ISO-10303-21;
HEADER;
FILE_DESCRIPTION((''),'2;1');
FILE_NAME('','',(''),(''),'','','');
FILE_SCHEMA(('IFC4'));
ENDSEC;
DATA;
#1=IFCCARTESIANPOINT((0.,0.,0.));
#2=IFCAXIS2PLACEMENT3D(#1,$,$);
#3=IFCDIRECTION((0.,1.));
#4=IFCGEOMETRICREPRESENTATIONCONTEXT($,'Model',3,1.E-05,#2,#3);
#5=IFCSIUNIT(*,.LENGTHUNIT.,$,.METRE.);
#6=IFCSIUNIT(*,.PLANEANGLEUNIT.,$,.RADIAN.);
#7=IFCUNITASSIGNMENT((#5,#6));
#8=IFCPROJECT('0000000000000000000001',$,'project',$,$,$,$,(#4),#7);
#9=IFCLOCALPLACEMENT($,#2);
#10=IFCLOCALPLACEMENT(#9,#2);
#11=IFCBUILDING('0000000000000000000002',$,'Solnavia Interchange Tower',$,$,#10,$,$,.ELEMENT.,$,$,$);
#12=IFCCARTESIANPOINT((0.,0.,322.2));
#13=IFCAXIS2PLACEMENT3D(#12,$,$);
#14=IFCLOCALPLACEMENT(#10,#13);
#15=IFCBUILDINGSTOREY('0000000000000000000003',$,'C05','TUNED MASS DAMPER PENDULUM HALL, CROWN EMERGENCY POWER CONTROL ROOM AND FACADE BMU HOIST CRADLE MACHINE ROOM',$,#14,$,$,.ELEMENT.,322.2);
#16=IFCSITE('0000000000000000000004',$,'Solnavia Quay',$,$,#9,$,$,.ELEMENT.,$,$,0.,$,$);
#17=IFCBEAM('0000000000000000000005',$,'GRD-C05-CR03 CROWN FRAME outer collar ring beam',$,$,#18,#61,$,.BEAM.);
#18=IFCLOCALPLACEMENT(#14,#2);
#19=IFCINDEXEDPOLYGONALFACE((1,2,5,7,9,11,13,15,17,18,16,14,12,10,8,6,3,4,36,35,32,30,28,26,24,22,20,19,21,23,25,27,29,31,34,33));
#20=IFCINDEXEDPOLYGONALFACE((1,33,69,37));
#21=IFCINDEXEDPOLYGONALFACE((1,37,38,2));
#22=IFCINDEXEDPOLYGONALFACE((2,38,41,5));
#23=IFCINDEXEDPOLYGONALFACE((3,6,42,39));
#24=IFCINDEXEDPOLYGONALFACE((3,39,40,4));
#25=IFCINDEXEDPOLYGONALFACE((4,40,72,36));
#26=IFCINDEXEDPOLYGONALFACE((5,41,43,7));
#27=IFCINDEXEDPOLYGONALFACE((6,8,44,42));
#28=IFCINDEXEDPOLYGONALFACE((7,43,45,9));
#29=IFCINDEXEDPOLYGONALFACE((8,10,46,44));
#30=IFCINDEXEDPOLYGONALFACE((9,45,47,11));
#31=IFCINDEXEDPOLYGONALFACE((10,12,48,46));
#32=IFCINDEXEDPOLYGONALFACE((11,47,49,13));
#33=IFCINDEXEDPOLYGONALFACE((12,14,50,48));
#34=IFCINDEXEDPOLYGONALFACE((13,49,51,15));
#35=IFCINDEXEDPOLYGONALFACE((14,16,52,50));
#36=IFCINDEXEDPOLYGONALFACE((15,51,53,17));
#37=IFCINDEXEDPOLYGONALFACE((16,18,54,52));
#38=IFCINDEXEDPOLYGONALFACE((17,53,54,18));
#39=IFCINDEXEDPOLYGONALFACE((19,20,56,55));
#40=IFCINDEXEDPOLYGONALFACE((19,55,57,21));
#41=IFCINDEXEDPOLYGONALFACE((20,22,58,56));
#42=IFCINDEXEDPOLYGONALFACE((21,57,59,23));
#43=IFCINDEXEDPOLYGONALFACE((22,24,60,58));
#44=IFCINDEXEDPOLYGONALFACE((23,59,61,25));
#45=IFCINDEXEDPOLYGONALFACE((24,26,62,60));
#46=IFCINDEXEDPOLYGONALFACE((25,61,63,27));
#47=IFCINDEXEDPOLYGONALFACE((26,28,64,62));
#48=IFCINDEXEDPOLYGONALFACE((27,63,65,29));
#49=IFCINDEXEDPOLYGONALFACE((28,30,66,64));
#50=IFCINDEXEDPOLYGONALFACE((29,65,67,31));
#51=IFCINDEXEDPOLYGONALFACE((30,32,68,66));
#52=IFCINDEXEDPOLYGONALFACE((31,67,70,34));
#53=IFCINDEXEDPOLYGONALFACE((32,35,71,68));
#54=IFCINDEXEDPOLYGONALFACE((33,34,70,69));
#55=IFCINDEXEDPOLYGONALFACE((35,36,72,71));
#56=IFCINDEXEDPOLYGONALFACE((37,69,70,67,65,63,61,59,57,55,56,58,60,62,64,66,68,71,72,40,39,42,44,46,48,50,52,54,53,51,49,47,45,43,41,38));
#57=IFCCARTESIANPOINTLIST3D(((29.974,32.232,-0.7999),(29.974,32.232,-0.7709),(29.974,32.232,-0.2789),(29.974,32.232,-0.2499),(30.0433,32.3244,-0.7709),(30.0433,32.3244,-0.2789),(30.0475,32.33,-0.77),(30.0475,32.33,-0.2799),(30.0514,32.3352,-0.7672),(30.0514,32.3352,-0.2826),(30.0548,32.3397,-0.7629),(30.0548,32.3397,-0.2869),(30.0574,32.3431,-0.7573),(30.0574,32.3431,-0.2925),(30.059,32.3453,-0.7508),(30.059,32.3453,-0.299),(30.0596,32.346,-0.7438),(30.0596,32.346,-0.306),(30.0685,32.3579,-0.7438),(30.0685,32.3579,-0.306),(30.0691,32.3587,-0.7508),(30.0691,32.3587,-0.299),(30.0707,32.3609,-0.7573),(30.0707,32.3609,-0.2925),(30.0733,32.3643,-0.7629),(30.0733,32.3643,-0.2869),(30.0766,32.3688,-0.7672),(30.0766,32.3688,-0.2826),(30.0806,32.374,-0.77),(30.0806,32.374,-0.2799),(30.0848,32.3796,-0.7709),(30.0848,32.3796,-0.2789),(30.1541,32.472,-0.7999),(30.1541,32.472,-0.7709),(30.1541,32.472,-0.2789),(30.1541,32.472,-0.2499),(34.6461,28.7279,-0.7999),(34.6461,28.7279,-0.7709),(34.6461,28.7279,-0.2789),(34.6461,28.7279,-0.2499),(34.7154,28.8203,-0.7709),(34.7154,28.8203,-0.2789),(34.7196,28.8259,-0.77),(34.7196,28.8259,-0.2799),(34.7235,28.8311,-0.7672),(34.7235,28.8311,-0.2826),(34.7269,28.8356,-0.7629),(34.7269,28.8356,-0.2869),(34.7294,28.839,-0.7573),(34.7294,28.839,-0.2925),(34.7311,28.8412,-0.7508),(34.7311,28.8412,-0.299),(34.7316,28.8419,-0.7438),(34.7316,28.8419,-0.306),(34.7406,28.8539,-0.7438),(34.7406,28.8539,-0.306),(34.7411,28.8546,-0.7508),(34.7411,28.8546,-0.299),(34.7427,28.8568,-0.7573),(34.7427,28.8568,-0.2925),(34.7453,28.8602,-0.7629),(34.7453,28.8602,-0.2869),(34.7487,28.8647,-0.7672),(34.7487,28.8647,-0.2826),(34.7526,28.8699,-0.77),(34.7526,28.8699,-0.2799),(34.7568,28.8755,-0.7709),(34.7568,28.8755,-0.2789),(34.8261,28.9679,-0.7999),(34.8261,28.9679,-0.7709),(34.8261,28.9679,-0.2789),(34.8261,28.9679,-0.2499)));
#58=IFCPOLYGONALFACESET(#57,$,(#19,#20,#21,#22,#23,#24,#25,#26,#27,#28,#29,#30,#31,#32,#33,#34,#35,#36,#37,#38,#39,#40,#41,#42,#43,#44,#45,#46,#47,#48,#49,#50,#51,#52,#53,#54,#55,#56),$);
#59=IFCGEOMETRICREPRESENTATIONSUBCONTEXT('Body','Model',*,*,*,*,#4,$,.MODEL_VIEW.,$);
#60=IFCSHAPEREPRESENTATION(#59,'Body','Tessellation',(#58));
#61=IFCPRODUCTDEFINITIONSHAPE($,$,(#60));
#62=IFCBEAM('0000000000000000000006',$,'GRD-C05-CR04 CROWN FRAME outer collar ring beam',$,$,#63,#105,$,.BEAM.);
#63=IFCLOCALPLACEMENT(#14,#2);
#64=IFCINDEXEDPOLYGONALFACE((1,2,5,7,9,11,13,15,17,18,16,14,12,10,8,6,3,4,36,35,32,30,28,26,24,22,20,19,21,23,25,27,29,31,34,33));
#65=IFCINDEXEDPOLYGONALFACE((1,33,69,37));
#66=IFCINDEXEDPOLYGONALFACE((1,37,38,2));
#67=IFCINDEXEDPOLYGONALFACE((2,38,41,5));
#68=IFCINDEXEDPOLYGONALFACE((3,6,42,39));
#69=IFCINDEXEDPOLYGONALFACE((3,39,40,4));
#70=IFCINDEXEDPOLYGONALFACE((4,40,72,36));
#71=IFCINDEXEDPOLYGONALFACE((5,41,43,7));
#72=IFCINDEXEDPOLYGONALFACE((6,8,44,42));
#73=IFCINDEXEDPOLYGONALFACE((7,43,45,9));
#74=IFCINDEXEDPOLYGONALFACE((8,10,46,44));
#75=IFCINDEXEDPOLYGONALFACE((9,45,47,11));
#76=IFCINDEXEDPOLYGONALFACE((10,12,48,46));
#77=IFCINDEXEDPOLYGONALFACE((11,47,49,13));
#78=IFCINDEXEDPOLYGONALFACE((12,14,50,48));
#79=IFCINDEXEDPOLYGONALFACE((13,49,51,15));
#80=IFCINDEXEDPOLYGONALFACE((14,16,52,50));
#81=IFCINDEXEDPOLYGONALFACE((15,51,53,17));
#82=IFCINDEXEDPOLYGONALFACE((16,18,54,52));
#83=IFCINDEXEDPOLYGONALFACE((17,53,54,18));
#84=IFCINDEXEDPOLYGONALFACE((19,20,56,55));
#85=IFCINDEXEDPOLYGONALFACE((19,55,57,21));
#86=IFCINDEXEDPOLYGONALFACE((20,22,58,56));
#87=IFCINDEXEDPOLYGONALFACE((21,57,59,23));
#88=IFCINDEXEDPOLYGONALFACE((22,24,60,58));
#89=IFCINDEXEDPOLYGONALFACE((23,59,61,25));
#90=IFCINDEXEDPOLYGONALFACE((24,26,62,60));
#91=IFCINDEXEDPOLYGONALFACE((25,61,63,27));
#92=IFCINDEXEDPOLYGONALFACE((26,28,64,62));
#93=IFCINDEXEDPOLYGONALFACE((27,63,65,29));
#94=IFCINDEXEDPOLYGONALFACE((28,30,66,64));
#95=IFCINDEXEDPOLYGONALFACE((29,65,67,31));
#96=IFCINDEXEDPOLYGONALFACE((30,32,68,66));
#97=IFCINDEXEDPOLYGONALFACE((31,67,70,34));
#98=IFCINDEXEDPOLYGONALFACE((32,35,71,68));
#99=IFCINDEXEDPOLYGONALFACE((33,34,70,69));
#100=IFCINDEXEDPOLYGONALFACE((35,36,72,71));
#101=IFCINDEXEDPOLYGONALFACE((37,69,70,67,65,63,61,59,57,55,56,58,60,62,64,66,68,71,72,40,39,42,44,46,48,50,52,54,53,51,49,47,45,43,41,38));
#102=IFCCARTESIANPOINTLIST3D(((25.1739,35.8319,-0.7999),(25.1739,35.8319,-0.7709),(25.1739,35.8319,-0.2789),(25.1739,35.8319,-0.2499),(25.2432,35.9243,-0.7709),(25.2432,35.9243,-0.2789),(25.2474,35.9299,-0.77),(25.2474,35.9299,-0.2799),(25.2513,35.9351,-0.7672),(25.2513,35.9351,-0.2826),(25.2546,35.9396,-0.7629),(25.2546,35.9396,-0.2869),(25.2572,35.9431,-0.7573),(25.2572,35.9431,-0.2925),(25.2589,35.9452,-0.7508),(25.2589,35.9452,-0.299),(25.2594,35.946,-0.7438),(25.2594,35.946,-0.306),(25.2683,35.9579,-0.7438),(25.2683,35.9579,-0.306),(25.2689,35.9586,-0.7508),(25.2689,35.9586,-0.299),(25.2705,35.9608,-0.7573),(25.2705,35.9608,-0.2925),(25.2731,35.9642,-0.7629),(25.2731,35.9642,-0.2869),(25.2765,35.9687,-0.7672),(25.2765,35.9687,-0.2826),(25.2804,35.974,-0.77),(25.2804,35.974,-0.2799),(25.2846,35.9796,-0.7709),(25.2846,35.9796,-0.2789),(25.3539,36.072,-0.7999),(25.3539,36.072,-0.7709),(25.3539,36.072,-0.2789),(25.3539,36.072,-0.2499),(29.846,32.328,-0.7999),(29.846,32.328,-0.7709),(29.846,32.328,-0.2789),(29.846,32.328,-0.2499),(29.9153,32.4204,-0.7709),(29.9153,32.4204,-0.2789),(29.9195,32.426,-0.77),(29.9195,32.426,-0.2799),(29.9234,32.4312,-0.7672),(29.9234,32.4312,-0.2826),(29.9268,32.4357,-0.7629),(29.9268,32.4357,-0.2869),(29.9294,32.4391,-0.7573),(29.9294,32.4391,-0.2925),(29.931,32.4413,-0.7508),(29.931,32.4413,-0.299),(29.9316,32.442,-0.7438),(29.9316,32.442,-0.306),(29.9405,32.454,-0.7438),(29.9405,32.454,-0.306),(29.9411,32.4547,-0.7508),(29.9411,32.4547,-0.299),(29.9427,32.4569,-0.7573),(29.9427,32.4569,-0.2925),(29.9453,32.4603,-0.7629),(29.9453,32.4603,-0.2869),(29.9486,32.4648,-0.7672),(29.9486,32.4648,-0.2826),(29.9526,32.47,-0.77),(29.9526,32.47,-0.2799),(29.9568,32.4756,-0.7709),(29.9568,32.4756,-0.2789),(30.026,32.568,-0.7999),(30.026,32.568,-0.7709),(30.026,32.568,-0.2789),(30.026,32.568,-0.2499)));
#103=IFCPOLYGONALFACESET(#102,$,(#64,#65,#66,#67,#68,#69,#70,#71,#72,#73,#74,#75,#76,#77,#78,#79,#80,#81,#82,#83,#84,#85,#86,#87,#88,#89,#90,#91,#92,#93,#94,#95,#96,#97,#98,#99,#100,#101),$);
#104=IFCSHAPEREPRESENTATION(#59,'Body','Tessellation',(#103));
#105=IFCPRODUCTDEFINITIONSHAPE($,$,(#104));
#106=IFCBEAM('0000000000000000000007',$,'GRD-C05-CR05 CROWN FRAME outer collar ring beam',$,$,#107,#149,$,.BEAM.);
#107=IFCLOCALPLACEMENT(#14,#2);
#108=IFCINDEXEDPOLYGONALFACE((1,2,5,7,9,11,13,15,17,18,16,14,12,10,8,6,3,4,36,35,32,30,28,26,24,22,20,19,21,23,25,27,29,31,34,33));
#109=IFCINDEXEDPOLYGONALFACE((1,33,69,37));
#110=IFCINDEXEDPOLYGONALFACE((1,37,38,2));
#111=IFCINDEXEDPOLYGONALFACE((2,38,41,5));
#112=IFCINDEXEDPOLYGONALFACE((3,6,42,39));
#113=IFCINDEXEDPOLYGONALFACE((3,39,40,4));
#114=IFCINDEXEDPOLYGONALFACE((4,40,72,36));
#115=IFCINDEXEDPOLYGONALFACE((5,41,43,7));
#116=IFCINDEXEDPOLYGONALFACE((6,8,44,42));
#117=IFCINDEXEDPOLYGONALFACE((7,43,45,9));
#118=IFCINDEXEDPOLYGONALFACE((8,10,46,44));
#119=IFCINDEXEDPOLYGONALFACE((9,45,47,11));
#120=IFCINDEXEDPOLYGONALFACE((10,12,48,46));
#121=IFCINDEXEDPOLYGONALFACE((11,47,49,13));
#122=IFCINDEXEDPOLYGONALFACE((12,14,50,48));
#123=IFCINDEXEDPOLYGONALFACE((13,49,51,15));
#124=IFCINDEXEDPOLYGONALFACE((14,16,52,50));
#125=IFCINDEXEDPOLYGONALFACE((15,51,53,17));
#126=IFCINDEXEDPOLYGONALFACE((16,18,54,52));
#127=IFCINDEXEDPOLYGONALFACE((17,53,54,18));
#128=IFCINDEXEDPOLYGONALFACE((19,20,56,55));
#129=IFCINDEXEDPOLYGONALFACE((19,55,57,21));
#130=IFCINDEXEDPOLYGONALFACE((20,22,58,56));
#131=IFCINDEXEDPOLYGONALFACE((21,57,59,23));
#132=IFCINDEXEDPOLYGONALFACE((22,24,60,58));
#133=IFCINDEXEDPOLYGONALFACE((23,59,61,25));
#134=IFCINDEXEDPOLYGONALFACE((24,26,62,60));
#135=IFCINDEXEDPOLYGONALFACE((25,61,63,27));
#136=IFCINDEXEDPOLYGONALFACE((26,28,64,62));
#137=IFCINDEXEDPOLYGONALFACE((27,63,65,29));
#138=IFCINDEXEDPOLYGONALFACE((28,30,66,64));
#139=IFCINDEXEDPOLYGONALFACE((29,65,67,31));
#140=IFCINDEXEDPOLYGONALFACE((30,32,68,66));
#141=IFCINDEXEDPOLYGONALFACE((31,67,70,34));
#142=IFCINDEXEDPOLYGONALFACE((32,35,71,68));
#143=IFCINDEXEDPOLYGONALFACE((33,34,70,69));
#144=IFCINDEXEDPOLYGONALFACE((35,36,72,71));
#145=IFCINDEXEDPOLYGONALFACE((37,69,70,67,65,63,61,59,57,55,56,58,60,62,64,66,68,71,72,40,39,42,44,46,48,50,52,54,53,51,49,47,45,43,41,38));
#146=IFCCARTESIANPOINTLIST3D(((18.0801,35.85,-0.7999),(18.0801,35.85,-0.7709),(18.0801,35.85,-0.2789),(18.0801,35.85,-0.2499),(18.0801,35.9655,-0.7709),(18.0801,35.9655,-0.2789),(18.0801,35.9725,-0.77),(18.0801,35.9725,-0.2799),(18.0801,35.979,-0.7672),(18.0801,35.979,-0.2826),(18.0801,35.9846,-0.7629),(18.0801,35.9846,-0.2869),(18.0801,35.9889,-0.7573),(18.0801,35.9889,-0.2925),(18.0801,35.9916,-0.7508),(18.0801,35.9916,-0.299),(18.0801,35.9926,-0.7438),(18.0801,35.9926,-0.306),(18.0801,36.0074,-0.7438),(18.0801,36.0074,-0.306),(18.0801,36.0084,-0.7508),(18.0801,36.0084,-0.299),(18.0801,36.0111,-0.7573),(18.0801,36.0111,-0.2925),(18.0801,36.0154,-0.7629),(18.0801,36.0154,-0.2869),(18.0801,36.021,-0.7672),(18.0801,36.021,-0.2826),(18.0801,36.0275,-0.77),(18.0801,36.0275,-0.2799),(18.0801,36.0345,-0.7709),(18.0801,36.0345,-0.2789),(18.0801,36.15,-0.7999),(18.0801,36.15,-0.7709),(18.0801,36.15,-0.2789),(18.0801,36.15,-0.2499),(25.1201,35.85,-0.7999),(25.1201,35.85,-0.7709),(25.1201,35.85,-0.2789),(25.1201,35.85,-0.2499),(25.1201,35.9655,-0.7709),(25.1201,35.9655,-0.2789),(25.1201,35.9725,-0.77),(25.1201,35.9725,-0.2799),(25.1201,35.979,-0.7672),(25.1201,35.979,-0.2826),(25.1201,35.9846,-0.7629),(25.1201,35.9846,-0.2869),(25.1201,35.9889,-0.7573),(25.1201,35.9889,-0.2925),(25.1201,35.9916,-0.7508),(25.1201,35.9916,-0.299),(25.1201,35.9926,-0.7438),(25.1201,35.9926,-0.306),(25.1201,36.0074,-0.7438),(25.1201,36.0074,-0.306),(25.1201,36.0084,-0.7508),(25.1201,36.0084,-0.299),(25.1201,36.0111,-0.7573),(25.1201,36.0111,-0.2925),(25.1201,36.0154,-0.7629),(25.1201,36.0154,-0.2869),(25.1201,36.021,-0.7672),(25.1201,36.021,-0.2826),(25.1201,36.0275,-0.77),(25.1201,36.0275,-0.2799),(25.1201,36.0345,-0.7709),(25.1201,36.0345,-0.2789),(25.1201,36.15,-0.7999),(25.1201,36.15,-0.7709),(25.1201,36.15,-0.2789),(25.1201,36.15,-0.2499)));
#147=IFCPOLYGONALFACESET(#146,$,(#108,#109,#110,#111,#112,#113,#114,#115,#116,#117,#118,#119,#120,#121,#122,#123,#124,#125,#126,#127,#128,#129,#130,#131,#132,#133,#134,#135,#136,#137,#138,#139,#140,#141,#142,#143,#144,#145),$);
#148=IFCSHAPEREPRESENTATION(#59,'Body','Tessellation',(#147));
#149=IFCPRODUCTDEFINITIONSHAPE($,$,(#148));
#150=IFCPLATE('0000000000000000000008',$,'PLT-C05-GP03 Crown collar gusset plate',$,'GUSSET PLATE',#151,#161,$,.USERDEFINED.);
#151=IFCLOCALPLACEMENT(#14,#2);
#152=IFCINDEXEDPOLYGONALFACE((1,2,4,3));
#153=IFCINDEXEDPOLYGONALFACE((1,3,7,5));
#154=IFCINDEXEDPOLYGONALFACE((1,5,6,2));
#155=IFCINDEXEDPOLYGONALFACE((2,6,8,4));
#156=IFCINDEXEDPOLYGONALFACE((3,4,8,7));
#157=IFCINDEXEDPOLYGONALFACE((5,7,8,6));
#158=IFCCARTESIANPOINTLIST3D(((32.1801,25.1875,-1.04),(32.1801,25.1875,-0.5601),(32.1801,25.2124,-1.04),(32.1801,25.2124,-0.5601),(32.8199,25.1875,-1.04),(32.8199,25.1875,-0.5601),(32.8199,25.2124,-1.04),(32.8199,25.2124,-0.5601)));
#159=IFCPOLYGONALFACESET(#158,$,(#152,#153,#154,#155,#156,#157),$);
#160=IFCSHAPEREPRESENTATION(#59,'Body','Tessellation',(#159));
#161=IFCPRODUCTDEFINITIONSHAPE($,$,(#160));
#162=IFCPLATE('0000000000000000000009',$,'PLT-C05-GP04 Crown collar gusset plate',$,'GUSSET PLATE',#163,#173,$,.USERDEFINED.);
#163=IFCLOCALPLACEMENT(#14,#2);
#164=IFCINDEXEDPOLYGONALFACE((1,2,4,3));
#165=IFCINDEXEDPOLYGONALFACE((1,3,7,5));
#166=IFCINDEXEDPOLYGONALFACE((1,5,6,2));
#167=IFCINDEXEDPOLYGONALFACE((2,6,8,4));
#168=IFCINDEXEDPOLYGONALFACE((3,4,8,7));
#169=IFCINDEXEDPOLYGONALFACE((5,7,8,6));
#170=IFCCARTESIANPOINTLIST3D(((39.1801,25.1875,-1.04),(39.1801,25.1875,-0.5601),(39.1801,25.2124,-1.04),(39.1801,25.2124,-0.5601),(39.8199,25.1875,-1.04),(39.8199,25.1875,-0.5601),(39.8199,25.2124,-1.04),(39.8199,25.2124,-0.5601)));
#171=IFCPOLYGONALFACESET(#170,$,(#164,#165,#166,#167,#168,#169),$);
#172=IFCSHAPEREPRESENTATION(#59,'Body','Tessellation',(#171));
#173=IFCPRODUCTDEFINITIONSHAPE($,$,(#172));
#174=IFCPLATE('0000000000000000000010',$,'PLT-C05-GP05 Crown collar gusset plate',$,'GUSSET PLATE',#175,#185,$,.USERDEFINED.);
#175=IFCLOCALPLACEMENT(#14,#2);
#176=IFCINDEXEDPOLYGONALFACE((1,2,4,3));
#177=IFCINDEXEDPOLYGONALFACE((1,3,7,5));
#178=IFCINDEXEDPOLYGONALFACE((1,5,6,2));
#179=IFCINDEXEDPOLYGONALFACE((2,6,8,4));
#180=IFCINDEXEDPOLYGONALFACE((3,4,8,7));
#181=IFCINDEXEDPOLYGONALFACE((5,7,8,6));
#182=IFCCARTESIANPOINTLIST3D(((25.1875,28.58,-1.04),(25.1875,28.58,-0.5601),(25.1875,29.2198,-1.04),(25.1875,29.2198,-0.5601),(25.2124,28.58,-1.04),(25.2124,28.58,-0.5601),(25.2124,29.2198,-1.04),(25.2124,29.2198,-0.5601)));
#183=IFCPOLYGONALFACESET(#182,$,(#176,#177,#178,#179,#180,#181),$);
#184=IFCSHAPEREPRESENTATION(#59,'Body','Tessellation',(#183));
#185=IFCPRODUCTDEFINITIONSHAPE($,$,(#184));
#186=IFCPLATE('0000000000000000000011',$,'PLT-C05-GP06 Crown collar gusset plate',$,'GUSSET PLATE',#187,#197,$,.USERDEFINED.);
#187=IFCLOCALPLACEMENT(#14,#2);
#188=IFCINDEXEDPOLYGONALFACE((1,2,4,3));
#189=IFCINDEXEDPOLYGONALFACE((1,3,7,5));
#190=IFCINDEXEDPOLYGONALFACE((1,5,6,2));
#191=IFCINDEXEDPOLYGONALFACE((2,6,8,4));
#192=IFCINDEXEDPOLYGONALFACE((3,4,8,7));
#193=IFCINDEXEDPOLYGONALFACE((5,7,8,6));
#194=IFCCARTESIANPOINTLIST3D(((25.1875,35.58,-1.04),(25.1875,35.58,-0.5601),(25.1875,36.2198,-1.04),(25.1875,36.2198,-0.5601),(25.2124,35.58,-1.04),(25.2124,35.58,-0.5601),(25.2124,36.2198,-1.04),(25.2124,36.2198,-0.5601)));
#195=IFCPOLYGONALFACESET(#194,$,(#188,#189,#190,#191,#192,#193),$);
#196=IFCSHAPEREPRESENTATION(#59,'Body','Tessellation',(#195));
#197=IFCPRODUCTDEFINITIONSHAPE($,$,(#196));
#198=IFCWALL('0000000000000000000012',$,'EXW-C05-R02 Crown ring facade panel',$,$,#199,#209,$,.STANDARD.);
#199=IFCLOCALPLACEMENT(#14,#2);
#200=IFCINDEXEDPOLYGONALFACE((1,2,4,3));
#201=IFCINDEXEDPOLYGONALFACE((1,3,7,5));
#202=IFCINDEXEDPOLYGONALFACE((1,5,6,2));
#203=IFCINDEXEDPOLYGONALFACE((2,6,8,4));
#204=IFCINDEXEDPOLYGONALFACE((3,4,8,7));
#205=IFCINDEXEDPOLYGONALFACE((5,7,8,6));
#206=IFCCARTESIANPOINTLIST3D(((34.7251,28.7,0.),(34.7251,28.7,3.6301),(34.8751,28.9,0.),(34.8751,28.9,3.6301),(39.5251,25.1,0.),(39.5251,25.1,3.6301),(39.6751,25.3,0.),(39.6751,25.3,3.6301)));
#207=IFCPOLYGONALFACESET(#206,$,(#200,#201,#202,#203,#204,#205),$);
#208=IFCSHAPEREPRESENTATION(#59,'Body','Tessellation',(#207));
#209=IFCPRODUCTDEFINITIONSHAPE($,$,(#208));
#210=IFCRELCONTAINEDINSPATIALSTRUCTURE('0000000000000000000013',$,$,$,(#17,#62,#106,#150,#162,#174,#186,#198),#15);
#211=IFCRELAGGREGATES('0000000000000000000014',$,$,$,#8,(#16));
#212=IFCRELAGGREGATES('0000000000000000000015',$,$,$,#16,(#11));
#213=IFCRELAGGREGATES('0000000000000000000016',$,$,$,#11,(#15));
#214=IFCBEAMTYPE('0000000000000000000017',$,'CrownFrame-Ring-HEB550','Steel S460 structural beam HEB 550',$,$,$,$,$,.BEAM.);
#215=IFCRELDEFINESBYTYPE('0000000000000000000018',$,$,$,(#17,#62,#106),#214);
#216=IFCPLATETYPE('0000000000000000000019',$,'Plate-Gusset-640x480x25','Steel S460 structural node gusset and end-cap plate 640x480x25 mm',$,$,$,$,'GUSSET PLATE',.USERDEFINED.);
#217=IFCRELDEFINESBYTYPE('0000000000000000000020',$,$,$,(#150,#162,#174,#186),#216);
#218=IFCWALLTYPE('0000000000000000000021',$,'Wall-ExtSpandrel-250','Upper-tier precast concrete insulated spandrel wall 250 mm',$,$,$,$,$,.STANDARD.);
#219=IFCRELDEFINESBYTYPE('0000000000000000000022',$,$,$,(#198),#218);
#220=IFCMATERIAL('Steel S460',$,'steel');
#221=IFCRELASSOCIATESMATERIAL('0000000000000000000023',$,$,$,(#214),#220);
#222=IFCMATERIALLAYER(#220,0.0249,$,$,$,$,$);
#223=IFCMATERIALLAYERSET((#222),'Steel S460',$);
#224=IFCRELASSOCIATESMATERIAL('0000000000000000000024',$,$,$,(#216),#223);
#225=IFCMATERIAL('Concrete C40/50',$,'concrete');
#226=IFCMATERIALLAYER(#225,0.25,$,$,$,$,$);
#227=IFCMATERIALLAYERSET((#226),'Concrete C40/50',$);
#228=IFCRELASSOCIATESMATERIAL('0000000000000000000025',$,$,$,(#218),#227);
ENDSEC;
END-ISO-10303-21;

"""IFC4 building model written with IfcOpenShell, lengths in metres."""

from ifc_helpers import new_model, si_unit, direction, frame, frame_2d, origin, origin_2d, place, context, subcontext, project, spatial, rectangle, i_section, extrude, material, layer, layer_set, material_profile, profile_set, type_object, element, save


model = new_model("IFC4")

# Units and contexts
model_context = context("Model", 3, precision=1e-05, world=origin(), true_north=direction((0.0, 1.0)))
body_context = subcontext(model_context, "Body", "Model", "MODEL_VIEW")
ifc_project = project(units=[si_unit("LENGTHUNIT", "METRE"), si_unit("PLANEANGLEUNIT", "RADIAN")], contexts=[model_context])

# Site, building, storey
site_placement = place(None, origin())
site = spatial("IfcSite", under=ifc_project, at=site_placement, Name="Solnavia Quay", CompositionType="ELEMENT", RefElevation=0.0)
building_placement = place(site_placement, origin())
building = spatial("IfcBuilding", under=site, at=building_placement, Name="Solnavia Interchange Tower", CompositionType="ELEMENT")
storey_placement = place(building_placement, frame((0.0, 0.0, 322.2)))
storey = spatial("IfcBuildingStorey", under=building, at=storey_placement, Name="C05", Description="TUNED MASS DAMPER PENDULUM HALL, CROWN EMERGENCY POWER CONTROL ROOM AND FACADE BMU HOIST CRADLE MACHINE ROOM", CompositionType="ELEMENT", Elevation=322.2)

# Shared definitions
ifc_material_1 = material(Name="Steel S460", Category="steel")

# Beams
ifc_material_profile_1 = material_profile(ifc_material_1, i_section(OverallWidth=0.3, OverallDepth=0.55, WebThickness=0.0149, FlangeThickness=0.0291, FilletRadius=0.0271, at=origin_2d()), Name="HEB 550")
ifc_profile_set_1 = profile_set([ifc_material_profile_1], Name="Steel S460")
beam_type_1 = type_object("IfcBeamType", Name="CrownFrame-Ring-HEB550", Description="Steel S460 structural beam HEB 550", PredefinedType="BEAM", material=ifc_profile_set_1)
for number, where, z_axis, x_axis, name in (
    (1, (34.7361, 28.8479, -0.5249), (-0.799995, 0.600007, 0.0), (-0.600007, -0.799995, 0.0), "GRD-C05-CR03 CROWN FRAME outer collar ring beam"),
    (2, (29.936, 32.448, -0.5249), (-0.800015, 0.59998, 0.0), (-0.59998, -0.800015, 0.0), "GRD-C05-CR04 CROWN FRAME outer collar ring beam"),
):
    element("IfcBeam", number, at=place(storey_placement, frame(where, z_axis=z_axis, x_axis=x_axis)), inside=storey, type_object=beam_type_1, Name=name, PredefinedType="BEAM", context=body_context, shape_type="SweptSolid", body=[
        extrude(i_section(OverallWidth=0.3, OverallDepth=0.55, WebThickness=0.0149, FlangeThickness=0.0291, FilletRadius=0.0271, at=origin_2d()), origin(), (0.0, 0.0, 1.0), 5.8401),
    ])
beam_1_placement = place(storey_placement, frame((25.1201, 36.0, -0.5249), z_axis=(-1.0, 0.0, 0.0), x_axis=(0.0, -1.0, 0.0)))
element("IfcBeam", 3, at=beam_1_placement, inside=storey, type_object=beam_type_1, Name="GRD-C05-CR05 CROWN FRAME outer collar ring beam", PredefinedType="BEAM", context=body_context, shape_type="SweptSolid", body=[
    extrude(i_section(OverallWidth=0.3, OverallDepth=0.55, WebThickness=0.0149, FlangeThickness=0.0291, FilletRadius=0.0271, at=origin_2d()), origin(), (0.0, 0.0, 1.0), 7.04),
])

# Plates
ifc_layer_1 = layer(ifc_material_1, 0.0249)
ifc_layer_set_1 = layer_set([ifc_layer_1], Name="Steel S460")
plate_type = type_object("IfcPlateType", Name="Plate-Gusset-640x480x25", Description="Steel S460 structural node gusset and end-cap plate 640x480x25 mm", ElementType="GUSSET PLATE", PredefinedType="USERDEFINED", material=ifc_layer_set_1)
for number, where, z_axis, x_axis, name in (
    (4, (32.5, 25.2, -1.04), (0.0, 0.0, 1.0), (1.0, 0.0, 0.0), "PLT-C05-GP03 Crown collar gusset plate"),
    (5, (39.5, 25.2, -1.04), (0.0, 0.0, 1.0), (1.0, 0.0, 0.0), "PLT-C05-GP04 Crown collar gusset plate"),
    (6, (25.2, 28.8999, -1.04), (0.0, 0.0, 1.0), (0.0, 1.0, 0.0), "PLT-C05-GP05 Crown collar gusset plate"),
    (7, (25.2, 35.8999, -1.04), (0.0, 0.0, 1.0), (0.0, 1.0, 0.0), "PLT-C05-GP06 Crown collar gusset plate"),
):
    element("IfcPlate", number, at=place(storey_placement, frame(where, z_axis=z_axis, x_axis=x_axis)), inside=storey, type_object=plate_type, Name=name, ObjectType="GUSSET PLATE", PredefinedType="USERDEFINED", context=body_context, shape_type="SweptSolid", body=[
        extrude(rectangle(XDim=0.6399, YDim=0.0249, at=origin_2d()), origin(), (0.0, 0.0, 1.0), 0.48),
    ])

# Wall
ifc_material_2 = material(Name="Concrete C40/50", Category="concrete")
ifc_layer_2 = layer(ifc_material_2, 0.25)
ifc_layer_set_2 = layer_set([ifc_layer_2], Name="Concrete C40/50")
wall_type_1 = type_object("IfcWallType", Name="Wall-ExtSpandrel-250", Description="Upper-tier precast concrete insulated spandrel wall 250 mm", PredefinedType="STANDARD", material=ifc_layer_set_2)
for number, where, z_axis, x_axis, name in (
    (8, (39.6001, 25.2, 0.0), (0.0, 0.0, 1.0), (-0.799995, 0.600007, 0.0), "EXW-C05-R02 Crown ring facade panel"),
):
    element("IfcWall", number, at=place(storey_placement, frame(where, z_axis=z_axis, x_axis=x_axis)), inside=storey, type_object=wall_type_1, Name=name, PredefinedType="STANDARD", context=body_context, shape_type="SweptSolid", body=[
        extrude(rectangle(XDim=6.0, YDim=0.25, at=frame_2d((3.0, 0.0))), origin(), (0.0, 0.0, 1.0), 3.6301),
    ])

save(model, "model.ifc")
